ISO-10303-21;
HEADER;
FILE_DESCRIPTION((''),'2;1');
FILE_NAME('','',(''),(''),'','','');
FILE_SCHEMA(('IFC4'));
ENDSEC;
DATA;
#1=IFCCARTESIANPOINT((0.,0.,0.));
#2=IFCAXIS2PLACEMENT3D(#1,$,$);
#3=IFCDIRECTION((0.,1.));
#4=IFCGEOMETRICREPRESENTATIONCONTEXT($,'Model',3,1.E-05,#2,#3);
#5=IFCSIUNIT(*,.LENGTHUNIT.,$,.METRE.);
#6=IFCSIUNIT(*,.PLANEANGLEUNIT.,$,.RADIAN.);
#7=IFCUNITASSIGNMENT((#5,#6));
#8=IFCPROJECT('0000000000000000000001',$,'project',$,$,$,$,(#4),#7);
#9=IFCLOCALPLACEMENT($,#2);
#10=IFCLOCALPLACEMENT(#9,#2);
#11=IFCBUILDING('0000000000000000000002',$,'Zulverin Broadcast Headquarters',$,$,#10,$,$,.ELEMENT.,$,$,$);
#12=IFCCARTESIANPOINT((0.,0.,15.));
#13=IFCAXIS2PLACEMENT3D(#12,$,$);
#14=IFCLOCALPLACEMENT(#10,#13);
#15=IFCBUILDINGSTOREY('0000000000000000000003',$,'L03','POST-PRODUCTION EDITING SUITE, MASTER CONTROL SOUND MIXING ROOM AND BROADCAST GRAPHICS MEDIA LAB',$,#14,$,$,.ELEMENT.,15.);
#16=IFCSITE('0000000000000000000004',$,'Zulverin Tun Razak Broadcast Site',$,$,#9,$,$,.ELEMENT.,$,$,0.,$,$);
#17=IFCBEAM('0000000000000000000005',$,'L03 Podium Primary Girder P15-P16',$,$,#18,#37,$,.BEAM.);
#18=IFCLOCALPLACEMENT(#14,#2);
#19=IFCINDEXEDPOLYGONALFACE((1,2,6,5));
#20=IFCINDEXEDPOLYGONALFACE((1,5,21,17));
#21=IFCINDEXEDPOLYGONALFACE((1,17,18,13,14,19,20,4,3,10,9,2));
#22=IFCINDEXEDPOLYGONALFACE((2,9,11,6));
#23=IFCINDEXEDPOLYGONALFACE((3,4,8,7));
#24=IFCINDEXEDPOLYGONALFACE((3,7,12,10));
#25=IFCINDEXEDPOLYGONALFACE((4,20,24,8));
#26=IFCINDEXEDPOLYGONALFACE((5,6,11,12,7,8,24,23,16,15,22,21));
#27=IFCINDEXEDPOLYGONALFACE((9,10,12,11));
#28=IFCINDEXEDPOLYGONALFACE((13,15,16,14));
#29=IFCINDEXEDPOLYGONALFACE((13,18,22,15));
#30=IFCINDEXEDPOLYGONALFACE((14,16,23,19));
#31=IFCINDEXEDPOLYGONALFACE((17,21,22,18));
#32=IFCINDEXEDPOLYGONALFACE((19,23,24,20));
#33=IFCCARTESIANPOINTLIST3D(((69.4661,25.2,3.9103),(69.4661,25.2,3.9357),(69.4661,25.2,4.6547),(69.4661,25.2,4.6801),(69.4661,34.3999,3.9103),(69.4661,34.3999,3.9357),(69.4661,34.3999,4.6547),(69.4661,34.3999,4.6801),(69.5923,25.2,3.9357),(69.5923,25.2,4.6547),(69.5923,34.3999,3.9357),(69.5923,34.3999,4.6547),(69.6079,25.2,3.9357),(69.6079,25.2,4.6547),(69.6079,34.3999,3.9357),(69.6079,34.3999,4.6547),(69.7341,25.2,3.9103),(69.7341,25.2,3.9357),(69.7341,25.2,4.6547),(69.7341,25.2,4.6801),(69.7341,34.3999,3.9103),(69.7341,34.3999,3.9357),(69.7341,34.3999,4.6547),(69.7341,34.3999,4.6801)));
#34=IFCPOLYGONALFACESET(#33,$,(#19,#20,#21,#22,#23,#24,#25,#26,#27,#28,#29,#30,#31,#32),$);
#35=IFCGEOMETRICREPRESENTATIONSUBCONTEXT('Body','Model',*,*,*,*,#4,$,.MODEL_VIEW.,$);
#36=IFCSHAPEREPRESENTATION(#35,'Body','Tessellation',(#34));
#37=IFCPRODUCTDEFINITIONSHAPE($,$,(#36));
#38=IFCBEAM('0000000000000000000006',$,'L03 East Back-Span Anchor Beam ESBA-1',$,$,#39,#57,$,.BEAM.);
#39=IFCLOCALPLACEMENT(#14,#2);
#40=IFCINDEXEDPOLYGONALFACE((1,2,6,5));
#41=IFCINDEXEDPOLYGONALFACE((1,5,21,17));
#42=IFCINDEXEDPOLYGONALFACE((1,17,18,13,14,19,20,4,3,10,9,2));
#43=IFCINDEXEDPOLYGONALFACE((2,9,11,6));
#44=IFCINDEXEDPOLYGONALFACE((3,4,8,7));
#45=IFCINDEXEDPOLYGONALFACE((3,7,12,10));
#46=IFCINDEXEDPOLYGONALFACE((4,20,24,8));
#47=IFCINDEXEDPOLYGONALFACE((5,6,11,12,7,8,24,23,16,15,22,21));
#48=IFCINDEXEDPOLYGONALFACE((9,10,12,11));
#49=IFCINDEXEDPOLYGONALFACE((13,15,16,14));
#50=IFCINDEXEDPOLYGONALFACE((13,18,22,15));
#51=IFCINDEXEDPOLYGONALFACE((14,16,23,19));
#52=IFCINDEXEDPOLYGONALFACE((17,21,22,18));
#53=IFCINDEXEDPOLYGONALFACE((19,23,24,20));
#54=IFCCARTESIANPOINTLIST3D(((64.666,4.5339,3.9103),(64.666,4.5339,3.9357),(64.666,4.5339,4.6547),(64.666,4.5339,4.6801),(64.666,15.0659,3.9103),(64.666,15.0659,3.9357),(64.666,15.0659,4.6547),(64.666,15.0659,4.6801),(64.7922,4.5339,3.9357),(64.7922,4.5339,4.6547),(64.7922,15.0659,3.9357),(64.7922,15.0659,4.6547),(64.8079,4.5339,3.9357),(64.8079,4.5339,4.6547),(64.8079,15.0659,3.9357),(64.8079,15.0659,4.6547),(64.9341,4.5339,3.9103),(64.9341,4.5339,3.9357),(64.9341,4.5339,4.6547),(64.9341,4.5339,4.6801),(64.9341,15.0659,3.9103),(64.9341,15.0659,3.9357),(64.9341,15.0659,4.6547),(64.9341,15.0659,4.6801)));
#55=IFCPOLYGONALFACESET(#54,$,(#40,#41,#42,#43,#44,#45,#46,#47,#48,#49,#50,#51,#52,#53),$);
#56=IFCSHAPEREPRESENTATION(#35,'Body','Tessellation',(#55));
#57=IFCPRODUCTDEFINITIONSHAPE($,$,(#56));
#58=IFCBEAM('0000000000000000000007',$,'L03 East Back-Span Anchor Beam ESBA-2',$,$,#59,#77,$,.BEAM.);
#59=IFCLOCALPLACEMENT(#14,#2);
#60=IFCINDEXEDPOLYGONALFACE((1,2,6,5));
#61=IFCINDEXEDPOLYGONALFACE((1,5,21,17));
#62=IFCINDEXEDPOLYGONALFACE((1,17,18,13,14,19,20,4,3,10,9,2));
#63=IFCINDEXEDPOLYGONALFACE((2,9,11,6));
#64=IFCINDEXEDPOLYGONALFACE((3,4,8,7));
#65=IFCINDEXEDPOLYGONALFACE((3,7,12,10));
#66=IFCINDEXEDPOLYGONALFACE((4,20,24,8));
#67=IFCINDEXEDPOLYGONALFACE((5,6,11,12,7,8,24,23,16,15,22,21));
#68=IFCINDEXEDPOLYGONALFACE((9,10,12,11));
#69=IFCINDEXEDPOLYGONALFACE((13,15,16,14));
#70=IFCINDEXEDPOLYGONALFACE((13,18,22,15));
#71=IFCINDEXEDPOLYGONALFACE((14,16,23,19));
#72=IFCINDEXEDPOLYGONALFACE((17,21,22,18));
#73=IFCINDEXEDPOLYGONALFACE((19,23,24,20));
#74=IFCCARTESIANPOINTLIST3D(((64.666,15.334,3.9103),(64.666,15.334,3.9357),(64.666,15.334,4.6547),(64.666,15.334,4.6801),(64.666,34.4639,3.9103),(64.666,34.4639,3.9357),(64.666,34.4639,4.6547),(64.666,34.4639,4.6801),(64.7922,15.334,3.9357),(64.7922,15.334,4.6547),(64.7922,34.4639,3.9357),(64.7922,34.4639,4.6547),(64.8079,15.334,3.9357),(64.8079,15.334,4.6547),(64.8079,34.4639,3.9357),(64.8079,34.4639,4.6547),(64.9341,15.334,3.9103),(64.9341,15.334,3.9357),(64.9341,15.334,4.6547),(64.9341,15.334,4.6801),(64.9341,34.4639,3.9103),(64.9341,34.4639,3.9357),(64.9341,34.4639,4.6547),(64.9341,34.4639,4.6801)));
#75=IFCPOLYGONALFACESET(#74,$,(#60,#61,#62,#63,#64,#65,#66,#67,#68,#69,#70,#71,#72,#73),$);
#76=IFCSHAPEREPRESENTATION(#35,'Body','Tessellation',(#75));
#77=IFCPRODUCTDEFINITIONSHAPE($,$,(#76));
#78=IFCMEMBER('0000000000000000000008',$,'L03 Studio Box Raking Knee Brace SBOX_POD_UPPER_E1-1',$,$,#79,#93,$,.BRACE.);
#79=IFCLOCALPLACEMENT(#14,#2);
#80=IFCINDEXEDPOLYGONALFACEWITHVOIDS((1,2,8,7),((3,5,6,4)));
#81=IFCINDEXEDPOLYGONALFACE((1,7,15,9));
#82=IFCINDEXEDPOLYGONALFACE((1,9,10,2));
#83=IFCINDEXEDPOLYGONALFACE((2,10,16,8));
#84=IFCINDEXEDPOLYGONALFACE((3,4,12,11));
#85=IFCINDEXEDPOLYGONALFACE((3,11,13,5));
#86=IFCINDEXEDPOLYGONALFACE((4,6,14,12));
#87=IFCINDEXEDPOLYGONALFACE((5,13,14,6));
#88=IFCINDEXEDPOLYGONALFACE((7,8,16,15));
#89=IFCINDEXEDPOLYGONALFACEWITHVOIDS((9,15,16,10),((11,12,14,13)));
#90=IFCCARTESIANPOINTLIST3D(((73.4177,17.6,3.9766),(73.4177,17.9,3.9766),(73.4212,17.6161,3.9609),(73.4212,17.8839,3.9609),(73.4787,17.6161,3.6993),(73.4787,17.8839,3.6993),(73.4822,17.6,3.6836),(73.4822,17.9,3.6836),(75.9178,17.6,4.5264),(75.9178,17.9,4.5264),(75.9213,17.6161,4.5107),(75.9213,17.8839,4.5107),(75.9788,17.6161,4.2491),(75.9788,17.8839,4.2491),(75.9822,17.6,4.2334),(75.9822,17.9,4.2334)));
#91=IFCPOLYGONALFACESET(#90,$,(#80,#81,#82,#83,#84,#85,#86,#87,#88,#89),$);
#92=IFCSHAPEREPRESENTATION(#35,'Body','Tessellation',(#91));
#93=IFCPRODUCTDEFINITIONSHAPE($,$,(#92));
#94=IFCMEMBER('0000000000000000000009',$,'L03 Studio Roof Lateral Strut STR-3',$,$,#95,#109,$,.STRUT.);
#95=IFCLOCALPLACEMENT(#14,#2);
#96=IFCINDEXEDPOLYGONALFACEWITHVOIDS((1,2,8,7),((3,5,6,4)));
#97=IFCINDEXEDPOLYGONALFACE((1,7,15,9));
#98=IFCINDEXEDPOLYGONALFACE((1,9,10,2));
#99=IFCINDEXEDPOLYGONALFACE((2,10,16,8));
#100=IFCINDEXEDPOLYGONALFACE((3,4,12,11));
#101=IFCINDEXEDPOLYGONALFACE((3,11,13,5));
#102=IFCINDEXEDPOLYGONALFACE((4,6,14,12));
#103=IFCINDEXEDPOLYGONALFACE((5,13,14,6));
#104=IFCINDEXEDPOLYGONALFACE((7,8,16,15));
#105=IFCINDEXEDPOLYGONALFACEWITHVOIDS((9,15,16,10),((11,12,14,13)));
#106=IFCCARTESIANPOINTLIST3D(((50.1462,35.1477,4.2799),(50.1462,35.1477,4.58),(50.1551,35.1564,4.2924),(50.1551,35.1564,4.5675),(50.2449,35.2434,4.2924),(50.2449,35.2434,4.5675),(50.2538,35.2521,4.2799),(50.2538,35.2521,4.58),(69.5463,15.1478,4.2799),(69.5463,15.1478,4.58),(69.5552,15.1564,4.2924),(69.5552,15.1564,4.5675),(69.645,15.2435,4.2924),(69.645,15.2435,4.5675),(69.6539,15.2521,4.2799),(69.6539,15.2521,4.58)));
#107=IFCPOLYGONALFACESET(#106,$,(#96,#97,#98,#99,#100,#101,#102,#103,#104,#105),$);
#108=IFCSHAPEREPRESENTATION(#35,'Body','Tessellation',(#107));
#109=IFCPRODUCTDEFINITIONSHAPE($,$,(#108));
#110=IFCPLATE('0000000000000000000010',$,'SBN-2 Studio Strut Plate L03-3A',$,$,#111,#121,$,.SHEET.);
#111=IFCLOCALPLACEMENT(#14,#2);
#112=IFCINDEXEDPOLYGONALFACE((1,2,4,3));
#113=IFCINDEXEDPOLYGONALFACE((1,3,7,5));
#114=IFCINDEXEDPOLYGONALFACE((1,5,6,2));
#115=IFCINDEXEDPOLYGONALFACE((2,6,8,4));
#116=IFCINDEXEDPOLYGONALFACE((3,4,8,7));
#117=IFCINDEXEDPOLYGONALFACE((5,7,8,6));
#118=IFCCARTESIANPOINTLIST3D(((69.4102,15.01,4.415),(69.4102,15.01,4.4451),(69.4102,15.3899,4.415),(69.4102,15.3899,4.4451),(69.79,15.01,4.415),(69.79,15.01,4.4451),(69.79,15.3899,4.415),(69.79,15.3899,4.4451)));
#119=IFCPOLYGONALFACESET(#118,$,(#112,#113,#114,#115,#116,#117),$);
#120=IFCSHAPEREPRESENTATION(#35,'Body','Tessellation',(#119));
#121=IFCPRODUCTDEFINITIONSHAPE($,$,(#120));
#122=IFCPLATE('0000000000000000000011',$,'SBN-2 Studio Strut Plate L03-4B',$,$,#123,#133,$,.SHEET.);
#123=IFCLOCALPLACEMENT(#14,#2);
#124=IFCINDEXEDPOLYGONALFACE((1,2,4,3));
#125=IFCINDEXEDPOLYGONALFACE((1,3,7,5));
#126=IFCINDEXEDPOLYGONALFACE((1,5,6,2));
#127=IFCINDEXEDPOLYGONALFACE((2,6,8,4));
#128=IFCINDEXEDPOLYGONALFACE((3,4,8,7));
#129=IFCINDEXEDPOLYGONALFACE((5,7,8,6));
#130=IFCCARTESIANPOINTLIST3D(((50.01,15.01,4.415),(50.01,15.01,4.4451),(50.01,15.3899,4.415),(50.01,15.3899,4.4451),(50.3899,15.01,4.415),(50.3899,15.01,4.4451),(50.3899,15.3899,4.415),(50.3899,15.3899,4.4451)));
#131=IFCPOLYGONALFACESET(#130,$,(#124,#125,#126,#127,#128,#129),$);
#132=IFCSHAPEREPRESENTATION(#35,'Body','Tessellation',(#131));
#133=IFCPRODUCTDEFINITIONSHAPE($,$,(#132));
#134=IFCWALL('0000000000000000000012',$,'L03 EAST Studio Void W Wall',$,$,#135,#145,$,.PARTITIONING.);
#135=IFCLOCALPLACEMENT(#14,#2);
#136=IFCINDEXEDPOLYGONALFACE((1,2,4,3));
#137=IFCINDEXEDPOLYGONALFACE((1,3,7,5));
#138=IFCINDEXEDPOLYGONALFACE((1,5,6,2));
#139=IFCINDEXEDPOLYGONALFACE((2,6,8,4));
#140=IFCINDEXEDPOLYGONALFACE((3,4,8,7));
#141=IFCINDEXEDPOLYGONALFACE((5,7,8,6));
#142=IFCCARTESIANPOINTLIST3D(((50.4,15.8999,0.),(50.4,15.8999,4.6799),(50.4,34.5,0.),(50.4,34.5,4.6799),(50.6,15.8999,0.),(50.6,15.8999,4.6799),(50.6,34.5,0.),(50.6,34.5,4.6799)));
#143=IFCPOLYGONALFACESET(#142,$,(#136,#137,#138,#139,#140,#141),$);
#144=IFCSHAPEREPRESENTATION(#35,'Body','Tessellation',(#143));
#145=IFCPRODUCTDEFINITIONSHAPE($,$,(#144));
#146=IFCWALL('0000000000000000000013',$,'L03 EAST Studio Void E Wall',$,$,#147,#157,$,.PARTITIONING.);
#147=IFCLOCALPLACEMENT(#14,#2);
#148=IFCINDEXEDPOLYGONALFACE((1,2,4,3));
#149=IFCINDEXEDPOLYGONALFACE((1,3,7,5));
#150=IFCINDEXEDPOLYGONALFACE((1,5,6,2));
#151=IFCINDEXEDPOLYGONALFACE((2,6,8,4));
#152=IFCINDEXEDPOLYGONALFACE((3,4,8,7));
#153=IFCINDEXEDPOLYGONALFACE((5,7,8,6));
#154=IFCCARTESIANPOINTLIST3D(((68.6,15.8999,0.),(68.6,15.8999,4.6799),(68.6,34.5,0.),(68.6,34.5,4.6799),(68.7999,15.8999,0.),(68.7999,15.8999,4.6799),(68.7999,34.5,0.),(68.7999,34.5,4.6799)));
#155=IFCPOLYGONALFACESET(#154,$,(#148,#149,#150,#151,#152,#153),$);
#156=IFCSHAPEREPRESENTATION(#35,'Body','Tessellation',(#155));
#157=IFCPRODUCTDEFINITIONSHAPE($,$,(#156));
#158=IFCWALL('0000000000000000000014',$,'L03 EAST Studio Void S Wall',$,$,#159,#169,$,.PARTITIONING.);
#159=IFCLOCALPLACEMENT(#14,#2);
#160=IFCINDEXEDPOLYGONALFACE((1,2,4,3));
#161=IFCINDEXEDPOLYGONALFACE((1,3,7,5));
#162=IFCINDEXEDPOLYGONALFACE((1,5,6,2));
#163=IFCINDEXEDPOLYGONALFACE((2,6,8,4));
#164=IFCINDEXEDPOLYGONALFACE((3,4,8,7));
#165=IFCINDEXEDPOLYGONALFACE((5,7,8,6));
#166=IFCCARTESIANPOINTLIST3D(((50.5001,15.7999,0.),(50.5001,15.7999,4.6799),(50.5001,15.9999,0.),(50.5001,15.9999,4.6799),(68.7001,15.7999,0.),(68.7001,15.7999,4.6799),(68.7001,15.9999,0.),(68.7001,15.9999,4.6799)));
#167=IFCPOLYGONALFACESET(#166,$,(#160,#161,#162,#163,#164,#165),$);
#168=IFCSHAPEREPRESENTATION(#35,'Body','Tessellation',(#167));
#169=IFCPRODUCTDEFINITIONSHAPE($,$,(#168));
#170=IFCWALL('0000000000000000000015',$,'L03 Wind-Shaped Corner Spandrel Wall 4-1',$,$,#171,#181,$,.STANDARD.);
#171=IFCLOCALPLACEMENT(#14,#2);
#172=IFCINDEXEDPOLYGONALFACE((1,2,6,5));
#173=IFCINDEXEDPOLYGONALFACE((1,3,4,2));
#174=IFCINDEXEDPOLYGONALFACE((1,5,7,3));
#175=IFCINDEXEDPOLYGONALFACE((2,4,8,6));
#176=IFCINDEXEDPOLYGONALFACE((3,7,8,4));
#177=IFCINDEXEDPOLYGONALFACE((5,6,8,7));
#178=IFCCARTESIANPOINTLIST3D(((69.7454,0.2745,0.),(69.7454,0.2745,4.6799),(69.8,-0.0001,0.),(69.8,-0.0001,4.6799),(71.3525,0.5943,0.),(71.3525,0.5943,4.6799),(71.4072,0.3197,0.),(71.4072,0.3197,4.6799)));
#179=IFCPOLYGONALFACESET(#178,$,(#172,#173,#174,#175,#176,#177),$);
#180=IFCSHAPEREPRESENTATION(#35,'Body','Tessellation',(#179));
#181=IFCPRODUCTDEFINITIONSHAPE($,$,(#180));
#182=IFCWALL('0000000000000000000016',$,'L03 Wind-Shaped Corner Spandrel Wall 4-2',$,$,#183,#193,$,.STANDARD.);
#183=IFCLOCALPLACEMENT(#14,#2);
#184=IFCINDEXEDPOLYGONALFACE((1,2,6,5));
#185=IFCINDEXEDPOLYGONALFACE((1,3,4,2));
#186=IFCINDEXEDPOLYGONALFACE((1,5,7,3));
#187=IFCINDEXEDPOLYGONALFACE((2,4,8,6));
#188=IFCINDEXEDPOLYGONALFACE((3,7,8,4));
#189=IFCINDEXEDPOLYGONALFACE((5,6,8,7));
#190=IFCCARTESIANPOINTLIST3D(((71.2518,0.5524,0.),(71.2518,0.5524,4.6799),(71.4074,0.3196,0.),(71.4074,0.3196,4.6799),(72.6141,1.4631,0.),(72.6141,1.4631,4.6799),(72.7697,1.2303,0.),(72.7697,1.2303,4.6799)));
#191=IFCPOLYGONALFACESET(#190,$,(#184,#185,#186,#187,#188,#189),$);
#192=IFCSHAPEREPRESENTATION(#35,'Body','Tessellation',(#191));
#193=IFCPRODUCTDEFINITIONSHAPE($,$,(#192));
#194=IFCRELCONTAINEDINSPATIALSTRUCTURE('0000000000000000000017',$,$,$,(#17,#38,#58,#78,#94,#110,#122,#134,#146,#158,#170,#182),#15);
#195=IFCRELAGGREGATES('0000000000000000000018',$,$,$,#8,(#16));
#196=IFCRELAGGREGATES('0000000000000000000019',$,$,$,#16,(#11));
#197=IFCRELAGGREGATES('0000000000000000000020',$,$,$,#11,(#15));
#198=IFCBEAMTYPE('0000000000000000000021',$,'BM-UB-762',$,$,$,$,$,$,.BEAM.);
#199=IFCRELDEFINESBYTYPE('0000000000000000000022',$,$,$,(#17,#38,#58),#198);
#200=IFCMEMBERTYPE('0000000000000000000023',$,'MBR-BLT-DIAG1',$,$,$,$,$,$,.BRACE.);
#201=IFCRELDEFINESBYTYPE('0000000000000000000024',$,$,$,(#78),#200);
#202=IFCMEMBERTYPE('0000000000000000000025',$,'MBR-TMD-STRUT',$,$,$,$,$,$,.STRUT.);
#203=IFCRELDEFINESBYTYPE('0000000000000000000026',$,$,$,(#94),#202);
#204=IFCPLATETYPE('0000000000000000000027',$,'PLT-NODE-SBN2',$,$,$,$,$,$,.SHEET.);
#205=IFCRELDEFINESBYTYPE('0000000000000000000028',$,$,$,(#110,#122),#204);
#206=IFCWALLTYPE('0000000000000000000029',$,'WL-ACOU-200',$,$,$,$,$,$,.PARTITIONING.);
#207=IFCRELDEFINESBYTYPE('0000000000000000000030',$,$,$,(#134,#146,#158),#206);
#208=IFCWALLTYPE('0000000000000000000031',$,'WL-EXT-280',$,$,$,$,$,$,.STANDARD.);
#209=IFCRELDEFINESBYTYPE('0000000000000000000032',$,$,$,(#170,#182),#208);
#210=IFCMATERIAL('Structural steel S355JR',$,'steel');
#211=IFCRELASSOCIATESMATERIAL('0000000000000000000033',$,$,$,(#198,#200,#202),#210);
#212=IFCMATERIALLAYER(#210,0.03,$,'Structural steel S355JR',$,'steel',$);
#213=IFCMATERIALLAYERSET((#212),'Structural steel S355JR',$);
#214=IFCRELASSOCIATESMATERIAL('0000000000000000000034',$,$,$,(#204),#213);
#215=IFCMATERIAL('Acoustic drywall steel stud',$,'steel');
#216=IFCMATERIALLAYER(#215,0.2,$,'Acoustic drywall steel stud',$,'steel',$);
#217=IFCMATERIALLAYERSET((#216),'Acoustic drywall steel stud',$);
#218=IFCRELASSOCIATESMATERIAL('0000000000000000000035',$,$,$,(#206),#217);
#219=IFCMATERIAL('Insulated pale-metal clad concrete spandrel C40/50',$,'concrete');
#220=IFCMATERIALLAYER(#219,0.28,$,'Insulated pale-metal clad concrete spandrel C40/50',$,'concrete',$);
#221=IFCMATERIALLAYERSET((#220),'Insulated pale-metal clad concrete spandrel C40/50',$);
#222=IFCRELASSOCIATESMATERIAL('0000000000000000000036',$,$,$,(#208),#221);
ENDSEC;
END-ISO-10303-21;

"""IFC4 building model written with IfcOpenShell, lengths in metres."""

from ifc_helpers import new_model, si_unit, direction, frame, frame_2d, origin, origin_2d, place, context, subcontext, project, spatial, rectangle, hollow_rectangle, i_section, extrude, material, layer, layer_set, material_profile, profile_set, type_object, element, save


model = new_model("IFC4")

# Units and contexts
model_context = context("Model", 3, precision=1e-05, world=origin(), true_north=direction((0.0, 1.0)))
body_context = subcontext(model_context, "Body", "Model", "MODEL_VIEW")
ifc_project = project(units=[si_unit("LENGTHUNIT", "METRE"), si_unit("PLANEANGLEUNIT", "RADIAN")], contexts=[model_context])

# Site, building, storey
site_placement = place(None, origin())
site = spatial("IfcSite", under=ifc_project, at=site_placement, Name="Zulverin Tun Razak Broadcast Site", CompositionType="ELEMENT", RefElevation=0.0)
building_placement = place(site_placement, origin())
building = spatial("IfcBuilding", under=site, at=building_placement, Name="Zulverin Broadcast Headquarters", CompositionType="ELEMENT")
storey_placement = place(building_placement, frame((0.0, 0.0, 15.0)))
storey = spatial("IfcBuildingStorey", under=building, at=storey_placement, Name="L03", Description="POST-PRODUCTION EDITING SUITE, MASTER CONTROL SOUND MIXING ROOM AND BROADCAST GRAPHICS MEDIA LAB", CompositionType="ELEMENT", Elevation=15.0)

# Beams
ifc_material_1 = material(Name="Structural steel S355JR", Category="steel")
ifc_material_profile_1 = material_profile(ifc_material_1, i_section(OverallWidth=0.2681, OverallDepth=0.7698, WebThickness=0.0156, FlangeThickness=0.0254, at=origin_2d()), Name="Structural steel S355JR", Category="steel")
ifc_profile_set_1 = profile_set([ifc_material_profile_1], Name="Structural steel S355JR")
beam_type_1 = type_object("IfcBeamType", Name="BM-UB-762", PredefinedType="BEAM", material=ifc_profile_set_1)
beam_1_placement = place(storey_placement, frame((69.6001, 25.2, 4.2952), z_axis=(0.0, 1.0, 0.0), x_axis=(-1.0, 0.0, 0.0)))
element("IfcBeam", 1, at=beam_1_placement, inside=storey, type_object=beam_type_1, Name="L03 Podium Primary Girder P15-P16", PredefinedType="BEAM", context=body_context, shape_type="SweptSolid", body=[
    extrude(i_section(OverallWidth=0.2681, OverallDepth=0.7698, WebThickness=0.0156, FlangeThickness=0.0254, at=origin_2d()), origin(), (0.0, 0.0, 1.0), 9.2),
])
beam_2_placement = place(storey_placement, frame((64.8, 4.5339, 4.2952), z_axis=(0.0, 1.0, 0.0), x_axis=(-1.0, 0.0, 0.0)))
element("IfcBeam", 2, at=beam_2_placement, inside=storey, type_object=beam_type_1, Name="L03 East Back-Span Anchor Beam ESBA-1", PredefinedType="BEAM", context=body_context, shape_type="SweptSolid", body=[
    extrude(i_section(OverallWidth=0.2681, OverallDepth=0.7698, WebThickness=0.0156, FlangeThickness=0.0254, at=origin_2d()), origin(), (0.0, 0.0, 1.0), 10.532),
])
beam_3_placement = place(storey_placement, frame((64.8, 15.334, 4.2952), z_axis=(0.0, 1.0, 0.0), x_axis=(-1.0, 0.0, 0.0)))
element("IfcBeam", 3, at=beam_3_placement, inside=storey, type_object=beam_type_1, Name="L03 East Back-Span Anchor Beam ESBA-2", PredefinedType="BEAM", context=body_context, shape_type="SweptSolid", body=[
    extrude(i_section(OverallWidth=0.2681, OverallDepth=0.7698, WebThickness=0.0156, FlangeThickness=0.0254, at=origin_2d()), origin(), (0.0, 0.0, 1.0), 19.1299),
])

# Members
ifc_material_profile_2 = material_profile(ifc_material_1, hollow_rectangle(XDim=0.3, YDim=0.3, WallThickness=0.0161, at=origin_2d()), Name="Structural steel S355JR", Category="steel")
ifc_profile_set_2 = profile_set([ifc_material_profile_2], Name="Structural steel S355JR")
member_type_1 = type_object("IfcMemberType", Name="MBR-BLT-DIAG1", PredefinedType="BRACE", material=ifc_profile_set_2)
member_1_placement = place(storey_placement, frame((73.45, 17.75, 3.8301), z_axis=(0.97666, 0.0, 0.214789), x_axis=(0.0, 1.0, 0.0)))
element("IfcMember", 4, at=member_1_placement, inside=storey, type_object=member_type_1, Name="L03 Studio Box Raking Knee Brace SBOX_POD_UPPER_E1-1", PredefinedType="BRACE", context=body_context, shape_type="SweptSolid", body=[
    extrude(hollow_rectangle(XDim=0.3, YDim=0.3, WallThickness=0.0161, at=origin_2d()), origin(), (0.0, 0.0, 1.0), 2.5598),
])
ifc_material_profile_3 = material_profile(ifc_material_1, hollow_rectangle(XDim=0.1499, YDim=0.3, WallThickness=0.0125, at=origin_2d()), Name="Structural steel S355JR", Category="steel")
ifc_profile_set_3 = profile_set([ifc_material_profile_3], Name="Structural steel S355JR")
member_type_2 = type_object("IfcMemberType", Name="MBR-TMD-STRUT", PredefinedType="STRUT", material=ifc_profile_set_3)
member_2_placement = place(storey_placement, frame((69.6001, 15.2, 4.4299), z_axis=(-0.696261, 0.717789, 0.0), x_axis=(-0.717789, -0.696261, 0.0)))
element("IfcMember", 5, at=member_2_placement, inside=storey, type_object=member_type_2, Name="L03 Studio Roof Lateral Strut STR-3", PredefinedType="STRUT", context=body_context, shape_type="SweptSolid", body=[
    extrude(hollow_rectangle(XDim=0.1499, YDim=0.3, WallThickness=0.0125, at=origin_2d()), origin(), (0.0, 0.0, 1.0), 27.8633),
])

# Plates
ifc_layer_1 = layer(ifc_material_1, 0.03, Name="Structural steel S355JR", Category="steel")
ifc_layer_set_1 = layer_set([ifc_layer_1], Name="Structural steel S355JR")
plate_type = type_object("IfcPlateType", Name="PLT-NODE-SBN2", PredefinedType="SHEET", material=ifc_layer_set_1)
for number, where, z_axis, x_axis, name in (
    (6, (69.6001, 15.2, 4.415), (0.0, 0.0, 1.0), (1.0, 0.0, 0.0), "SBN-2 Studio Strut Plate L03-3A"),
    (7, (50.2, 15.2, 4.415), (0.0, 0.0, 1.0), (1.0, 0.0, 0.0), "SBN-2 Studio Strut Plate L03-4B"),
):
    element("IfcPlate", number, at=place(storey_placement, frame(where, z_axis=z_axis, x_axis=x_axis)), inside=storey, type_object=plate_type, Name=name, PredefinedType="SHEET", context=body_context, shape_type="SweptSolid", body=[
        extrude(rectangle(XDim=0.3799, YDim=0.3799, at=origin_2d()), origin(), (0.0, 0.0, 1.0), 0.03),
    ])

# Walls
ifc_material_2 = material(Name="Acoustic drywall steel stud", Category="steel")
ifc_layer_2 = layer(ifc_material_2, 0.2, Name="Acoustic drywall steel stud", Category="steel")
ifc_layer_set_2 = layer_set([ifc_layer_2], Name="Acoustic drywall steel stud")
wall_type_1 = type_object("IfcWallType", Name="WL-ACOU-200", PredefinedType="PARTITIONING", material=ifc_layer_set_2)
for number, where, z_axis, x_axis, name in (
    (8, (50.5, 15.8999, 0.0), (0.0, 0.0, 1.0), (0.0, 1.0, 0.0), "L03 EAST Studio Void W Wall"),
    (9, (68.7, 15.8999, 0.0), (0.0, 0.0, 1.0), (0.0, 1.0, 0.0), "L03 EAST Studio Void E Wall"),
):
    element("IfcWall", number, at=place(storey_placement, frame(where, z_axis=z_axis, x_axis=x_axis)), inside=storey, type_object=wall_type_1, Name=name, PredefinedType="PARTITIONING", context=body_context, shape_type="SweptSolid", body=[
        extrude(rectangle(XDim=18.6001, YDim=0.2, at=frame_2d((9.3, 0.0))), origin(), (0.0, 0.0, 1.0), 4.6799),
    ])
wall_1_placement = place(storey_placement, frame((50.5, 15.8999, 0.0), z_axis=(0.0, 0.0, 1.0), x_axis=(1.0, 0.0, 0.0)))
element("IfcWall", 10, at=wall_1_placement, inside=storey, type_object=wall_type_1, Name="L03 EAST Studio Void S Wall", PredefinedType="PARTITIONING", context=body_context, shape_type="SweptSolid", body=[
    extrude(rectangle(XDim=18.2, YDim=0.2, at=frame_2d((9.1001, 0.0))), origin(), (0.0, 0.0, 1.0), 4.6799),
])
ifc_material_3 = material(Name="Insulated pale-metal clad concrete spandrel C40/50", Category="concrete")
ifc_layer_3 = layer(ifc_material_3, 0.28, Name="Insulated pale-metal clad concrete spandrel C40/50", Category="concrete")
ifc_layer_set_3 = layer_set([ifc_layer_3], Name="Insulated pale-metal clad concrete spandrel C40/50")
wall_type_2 = type_object("IfcWallType", Name="WL-EXT-280", PredefinedType="STANDARD", material=ifc_layer_set_3)
for number, where, z_axis, x_axis, name in (
    (11, (69.7727, 0.1372, 0.0), (0.0, 0.0, 1.0), (0.980769, 0.195171, 0.0), "L03 Wind-Shaped Corner Spandrel Wall 4-1"),
    (12, (71.3296, 0.436, 0.0), (0.0, 0.0, 1.0), (0.831362, 0.555731, 0.0), "L03 Wind-Shaped Corner Spandrel Wall 4-2"),
):
    element("IfcWall", number, at=place(storey_placement, frame(where, z_axis=z_axis, x_axis=x_axis)), inside=storey, type_object=wall_type_2, Name=name, PredefinedType="STANDARD", context=body_context, shape_type="SweptSolid", body=[
        extrude(rectangle(XDim=1.6387, YDim=0.28, at=frame_2d((0.8193, 0.0))), origin(), (0.0, 0.0, 1.0), 4.6799),
    ])

save(model, "model.ifc")
